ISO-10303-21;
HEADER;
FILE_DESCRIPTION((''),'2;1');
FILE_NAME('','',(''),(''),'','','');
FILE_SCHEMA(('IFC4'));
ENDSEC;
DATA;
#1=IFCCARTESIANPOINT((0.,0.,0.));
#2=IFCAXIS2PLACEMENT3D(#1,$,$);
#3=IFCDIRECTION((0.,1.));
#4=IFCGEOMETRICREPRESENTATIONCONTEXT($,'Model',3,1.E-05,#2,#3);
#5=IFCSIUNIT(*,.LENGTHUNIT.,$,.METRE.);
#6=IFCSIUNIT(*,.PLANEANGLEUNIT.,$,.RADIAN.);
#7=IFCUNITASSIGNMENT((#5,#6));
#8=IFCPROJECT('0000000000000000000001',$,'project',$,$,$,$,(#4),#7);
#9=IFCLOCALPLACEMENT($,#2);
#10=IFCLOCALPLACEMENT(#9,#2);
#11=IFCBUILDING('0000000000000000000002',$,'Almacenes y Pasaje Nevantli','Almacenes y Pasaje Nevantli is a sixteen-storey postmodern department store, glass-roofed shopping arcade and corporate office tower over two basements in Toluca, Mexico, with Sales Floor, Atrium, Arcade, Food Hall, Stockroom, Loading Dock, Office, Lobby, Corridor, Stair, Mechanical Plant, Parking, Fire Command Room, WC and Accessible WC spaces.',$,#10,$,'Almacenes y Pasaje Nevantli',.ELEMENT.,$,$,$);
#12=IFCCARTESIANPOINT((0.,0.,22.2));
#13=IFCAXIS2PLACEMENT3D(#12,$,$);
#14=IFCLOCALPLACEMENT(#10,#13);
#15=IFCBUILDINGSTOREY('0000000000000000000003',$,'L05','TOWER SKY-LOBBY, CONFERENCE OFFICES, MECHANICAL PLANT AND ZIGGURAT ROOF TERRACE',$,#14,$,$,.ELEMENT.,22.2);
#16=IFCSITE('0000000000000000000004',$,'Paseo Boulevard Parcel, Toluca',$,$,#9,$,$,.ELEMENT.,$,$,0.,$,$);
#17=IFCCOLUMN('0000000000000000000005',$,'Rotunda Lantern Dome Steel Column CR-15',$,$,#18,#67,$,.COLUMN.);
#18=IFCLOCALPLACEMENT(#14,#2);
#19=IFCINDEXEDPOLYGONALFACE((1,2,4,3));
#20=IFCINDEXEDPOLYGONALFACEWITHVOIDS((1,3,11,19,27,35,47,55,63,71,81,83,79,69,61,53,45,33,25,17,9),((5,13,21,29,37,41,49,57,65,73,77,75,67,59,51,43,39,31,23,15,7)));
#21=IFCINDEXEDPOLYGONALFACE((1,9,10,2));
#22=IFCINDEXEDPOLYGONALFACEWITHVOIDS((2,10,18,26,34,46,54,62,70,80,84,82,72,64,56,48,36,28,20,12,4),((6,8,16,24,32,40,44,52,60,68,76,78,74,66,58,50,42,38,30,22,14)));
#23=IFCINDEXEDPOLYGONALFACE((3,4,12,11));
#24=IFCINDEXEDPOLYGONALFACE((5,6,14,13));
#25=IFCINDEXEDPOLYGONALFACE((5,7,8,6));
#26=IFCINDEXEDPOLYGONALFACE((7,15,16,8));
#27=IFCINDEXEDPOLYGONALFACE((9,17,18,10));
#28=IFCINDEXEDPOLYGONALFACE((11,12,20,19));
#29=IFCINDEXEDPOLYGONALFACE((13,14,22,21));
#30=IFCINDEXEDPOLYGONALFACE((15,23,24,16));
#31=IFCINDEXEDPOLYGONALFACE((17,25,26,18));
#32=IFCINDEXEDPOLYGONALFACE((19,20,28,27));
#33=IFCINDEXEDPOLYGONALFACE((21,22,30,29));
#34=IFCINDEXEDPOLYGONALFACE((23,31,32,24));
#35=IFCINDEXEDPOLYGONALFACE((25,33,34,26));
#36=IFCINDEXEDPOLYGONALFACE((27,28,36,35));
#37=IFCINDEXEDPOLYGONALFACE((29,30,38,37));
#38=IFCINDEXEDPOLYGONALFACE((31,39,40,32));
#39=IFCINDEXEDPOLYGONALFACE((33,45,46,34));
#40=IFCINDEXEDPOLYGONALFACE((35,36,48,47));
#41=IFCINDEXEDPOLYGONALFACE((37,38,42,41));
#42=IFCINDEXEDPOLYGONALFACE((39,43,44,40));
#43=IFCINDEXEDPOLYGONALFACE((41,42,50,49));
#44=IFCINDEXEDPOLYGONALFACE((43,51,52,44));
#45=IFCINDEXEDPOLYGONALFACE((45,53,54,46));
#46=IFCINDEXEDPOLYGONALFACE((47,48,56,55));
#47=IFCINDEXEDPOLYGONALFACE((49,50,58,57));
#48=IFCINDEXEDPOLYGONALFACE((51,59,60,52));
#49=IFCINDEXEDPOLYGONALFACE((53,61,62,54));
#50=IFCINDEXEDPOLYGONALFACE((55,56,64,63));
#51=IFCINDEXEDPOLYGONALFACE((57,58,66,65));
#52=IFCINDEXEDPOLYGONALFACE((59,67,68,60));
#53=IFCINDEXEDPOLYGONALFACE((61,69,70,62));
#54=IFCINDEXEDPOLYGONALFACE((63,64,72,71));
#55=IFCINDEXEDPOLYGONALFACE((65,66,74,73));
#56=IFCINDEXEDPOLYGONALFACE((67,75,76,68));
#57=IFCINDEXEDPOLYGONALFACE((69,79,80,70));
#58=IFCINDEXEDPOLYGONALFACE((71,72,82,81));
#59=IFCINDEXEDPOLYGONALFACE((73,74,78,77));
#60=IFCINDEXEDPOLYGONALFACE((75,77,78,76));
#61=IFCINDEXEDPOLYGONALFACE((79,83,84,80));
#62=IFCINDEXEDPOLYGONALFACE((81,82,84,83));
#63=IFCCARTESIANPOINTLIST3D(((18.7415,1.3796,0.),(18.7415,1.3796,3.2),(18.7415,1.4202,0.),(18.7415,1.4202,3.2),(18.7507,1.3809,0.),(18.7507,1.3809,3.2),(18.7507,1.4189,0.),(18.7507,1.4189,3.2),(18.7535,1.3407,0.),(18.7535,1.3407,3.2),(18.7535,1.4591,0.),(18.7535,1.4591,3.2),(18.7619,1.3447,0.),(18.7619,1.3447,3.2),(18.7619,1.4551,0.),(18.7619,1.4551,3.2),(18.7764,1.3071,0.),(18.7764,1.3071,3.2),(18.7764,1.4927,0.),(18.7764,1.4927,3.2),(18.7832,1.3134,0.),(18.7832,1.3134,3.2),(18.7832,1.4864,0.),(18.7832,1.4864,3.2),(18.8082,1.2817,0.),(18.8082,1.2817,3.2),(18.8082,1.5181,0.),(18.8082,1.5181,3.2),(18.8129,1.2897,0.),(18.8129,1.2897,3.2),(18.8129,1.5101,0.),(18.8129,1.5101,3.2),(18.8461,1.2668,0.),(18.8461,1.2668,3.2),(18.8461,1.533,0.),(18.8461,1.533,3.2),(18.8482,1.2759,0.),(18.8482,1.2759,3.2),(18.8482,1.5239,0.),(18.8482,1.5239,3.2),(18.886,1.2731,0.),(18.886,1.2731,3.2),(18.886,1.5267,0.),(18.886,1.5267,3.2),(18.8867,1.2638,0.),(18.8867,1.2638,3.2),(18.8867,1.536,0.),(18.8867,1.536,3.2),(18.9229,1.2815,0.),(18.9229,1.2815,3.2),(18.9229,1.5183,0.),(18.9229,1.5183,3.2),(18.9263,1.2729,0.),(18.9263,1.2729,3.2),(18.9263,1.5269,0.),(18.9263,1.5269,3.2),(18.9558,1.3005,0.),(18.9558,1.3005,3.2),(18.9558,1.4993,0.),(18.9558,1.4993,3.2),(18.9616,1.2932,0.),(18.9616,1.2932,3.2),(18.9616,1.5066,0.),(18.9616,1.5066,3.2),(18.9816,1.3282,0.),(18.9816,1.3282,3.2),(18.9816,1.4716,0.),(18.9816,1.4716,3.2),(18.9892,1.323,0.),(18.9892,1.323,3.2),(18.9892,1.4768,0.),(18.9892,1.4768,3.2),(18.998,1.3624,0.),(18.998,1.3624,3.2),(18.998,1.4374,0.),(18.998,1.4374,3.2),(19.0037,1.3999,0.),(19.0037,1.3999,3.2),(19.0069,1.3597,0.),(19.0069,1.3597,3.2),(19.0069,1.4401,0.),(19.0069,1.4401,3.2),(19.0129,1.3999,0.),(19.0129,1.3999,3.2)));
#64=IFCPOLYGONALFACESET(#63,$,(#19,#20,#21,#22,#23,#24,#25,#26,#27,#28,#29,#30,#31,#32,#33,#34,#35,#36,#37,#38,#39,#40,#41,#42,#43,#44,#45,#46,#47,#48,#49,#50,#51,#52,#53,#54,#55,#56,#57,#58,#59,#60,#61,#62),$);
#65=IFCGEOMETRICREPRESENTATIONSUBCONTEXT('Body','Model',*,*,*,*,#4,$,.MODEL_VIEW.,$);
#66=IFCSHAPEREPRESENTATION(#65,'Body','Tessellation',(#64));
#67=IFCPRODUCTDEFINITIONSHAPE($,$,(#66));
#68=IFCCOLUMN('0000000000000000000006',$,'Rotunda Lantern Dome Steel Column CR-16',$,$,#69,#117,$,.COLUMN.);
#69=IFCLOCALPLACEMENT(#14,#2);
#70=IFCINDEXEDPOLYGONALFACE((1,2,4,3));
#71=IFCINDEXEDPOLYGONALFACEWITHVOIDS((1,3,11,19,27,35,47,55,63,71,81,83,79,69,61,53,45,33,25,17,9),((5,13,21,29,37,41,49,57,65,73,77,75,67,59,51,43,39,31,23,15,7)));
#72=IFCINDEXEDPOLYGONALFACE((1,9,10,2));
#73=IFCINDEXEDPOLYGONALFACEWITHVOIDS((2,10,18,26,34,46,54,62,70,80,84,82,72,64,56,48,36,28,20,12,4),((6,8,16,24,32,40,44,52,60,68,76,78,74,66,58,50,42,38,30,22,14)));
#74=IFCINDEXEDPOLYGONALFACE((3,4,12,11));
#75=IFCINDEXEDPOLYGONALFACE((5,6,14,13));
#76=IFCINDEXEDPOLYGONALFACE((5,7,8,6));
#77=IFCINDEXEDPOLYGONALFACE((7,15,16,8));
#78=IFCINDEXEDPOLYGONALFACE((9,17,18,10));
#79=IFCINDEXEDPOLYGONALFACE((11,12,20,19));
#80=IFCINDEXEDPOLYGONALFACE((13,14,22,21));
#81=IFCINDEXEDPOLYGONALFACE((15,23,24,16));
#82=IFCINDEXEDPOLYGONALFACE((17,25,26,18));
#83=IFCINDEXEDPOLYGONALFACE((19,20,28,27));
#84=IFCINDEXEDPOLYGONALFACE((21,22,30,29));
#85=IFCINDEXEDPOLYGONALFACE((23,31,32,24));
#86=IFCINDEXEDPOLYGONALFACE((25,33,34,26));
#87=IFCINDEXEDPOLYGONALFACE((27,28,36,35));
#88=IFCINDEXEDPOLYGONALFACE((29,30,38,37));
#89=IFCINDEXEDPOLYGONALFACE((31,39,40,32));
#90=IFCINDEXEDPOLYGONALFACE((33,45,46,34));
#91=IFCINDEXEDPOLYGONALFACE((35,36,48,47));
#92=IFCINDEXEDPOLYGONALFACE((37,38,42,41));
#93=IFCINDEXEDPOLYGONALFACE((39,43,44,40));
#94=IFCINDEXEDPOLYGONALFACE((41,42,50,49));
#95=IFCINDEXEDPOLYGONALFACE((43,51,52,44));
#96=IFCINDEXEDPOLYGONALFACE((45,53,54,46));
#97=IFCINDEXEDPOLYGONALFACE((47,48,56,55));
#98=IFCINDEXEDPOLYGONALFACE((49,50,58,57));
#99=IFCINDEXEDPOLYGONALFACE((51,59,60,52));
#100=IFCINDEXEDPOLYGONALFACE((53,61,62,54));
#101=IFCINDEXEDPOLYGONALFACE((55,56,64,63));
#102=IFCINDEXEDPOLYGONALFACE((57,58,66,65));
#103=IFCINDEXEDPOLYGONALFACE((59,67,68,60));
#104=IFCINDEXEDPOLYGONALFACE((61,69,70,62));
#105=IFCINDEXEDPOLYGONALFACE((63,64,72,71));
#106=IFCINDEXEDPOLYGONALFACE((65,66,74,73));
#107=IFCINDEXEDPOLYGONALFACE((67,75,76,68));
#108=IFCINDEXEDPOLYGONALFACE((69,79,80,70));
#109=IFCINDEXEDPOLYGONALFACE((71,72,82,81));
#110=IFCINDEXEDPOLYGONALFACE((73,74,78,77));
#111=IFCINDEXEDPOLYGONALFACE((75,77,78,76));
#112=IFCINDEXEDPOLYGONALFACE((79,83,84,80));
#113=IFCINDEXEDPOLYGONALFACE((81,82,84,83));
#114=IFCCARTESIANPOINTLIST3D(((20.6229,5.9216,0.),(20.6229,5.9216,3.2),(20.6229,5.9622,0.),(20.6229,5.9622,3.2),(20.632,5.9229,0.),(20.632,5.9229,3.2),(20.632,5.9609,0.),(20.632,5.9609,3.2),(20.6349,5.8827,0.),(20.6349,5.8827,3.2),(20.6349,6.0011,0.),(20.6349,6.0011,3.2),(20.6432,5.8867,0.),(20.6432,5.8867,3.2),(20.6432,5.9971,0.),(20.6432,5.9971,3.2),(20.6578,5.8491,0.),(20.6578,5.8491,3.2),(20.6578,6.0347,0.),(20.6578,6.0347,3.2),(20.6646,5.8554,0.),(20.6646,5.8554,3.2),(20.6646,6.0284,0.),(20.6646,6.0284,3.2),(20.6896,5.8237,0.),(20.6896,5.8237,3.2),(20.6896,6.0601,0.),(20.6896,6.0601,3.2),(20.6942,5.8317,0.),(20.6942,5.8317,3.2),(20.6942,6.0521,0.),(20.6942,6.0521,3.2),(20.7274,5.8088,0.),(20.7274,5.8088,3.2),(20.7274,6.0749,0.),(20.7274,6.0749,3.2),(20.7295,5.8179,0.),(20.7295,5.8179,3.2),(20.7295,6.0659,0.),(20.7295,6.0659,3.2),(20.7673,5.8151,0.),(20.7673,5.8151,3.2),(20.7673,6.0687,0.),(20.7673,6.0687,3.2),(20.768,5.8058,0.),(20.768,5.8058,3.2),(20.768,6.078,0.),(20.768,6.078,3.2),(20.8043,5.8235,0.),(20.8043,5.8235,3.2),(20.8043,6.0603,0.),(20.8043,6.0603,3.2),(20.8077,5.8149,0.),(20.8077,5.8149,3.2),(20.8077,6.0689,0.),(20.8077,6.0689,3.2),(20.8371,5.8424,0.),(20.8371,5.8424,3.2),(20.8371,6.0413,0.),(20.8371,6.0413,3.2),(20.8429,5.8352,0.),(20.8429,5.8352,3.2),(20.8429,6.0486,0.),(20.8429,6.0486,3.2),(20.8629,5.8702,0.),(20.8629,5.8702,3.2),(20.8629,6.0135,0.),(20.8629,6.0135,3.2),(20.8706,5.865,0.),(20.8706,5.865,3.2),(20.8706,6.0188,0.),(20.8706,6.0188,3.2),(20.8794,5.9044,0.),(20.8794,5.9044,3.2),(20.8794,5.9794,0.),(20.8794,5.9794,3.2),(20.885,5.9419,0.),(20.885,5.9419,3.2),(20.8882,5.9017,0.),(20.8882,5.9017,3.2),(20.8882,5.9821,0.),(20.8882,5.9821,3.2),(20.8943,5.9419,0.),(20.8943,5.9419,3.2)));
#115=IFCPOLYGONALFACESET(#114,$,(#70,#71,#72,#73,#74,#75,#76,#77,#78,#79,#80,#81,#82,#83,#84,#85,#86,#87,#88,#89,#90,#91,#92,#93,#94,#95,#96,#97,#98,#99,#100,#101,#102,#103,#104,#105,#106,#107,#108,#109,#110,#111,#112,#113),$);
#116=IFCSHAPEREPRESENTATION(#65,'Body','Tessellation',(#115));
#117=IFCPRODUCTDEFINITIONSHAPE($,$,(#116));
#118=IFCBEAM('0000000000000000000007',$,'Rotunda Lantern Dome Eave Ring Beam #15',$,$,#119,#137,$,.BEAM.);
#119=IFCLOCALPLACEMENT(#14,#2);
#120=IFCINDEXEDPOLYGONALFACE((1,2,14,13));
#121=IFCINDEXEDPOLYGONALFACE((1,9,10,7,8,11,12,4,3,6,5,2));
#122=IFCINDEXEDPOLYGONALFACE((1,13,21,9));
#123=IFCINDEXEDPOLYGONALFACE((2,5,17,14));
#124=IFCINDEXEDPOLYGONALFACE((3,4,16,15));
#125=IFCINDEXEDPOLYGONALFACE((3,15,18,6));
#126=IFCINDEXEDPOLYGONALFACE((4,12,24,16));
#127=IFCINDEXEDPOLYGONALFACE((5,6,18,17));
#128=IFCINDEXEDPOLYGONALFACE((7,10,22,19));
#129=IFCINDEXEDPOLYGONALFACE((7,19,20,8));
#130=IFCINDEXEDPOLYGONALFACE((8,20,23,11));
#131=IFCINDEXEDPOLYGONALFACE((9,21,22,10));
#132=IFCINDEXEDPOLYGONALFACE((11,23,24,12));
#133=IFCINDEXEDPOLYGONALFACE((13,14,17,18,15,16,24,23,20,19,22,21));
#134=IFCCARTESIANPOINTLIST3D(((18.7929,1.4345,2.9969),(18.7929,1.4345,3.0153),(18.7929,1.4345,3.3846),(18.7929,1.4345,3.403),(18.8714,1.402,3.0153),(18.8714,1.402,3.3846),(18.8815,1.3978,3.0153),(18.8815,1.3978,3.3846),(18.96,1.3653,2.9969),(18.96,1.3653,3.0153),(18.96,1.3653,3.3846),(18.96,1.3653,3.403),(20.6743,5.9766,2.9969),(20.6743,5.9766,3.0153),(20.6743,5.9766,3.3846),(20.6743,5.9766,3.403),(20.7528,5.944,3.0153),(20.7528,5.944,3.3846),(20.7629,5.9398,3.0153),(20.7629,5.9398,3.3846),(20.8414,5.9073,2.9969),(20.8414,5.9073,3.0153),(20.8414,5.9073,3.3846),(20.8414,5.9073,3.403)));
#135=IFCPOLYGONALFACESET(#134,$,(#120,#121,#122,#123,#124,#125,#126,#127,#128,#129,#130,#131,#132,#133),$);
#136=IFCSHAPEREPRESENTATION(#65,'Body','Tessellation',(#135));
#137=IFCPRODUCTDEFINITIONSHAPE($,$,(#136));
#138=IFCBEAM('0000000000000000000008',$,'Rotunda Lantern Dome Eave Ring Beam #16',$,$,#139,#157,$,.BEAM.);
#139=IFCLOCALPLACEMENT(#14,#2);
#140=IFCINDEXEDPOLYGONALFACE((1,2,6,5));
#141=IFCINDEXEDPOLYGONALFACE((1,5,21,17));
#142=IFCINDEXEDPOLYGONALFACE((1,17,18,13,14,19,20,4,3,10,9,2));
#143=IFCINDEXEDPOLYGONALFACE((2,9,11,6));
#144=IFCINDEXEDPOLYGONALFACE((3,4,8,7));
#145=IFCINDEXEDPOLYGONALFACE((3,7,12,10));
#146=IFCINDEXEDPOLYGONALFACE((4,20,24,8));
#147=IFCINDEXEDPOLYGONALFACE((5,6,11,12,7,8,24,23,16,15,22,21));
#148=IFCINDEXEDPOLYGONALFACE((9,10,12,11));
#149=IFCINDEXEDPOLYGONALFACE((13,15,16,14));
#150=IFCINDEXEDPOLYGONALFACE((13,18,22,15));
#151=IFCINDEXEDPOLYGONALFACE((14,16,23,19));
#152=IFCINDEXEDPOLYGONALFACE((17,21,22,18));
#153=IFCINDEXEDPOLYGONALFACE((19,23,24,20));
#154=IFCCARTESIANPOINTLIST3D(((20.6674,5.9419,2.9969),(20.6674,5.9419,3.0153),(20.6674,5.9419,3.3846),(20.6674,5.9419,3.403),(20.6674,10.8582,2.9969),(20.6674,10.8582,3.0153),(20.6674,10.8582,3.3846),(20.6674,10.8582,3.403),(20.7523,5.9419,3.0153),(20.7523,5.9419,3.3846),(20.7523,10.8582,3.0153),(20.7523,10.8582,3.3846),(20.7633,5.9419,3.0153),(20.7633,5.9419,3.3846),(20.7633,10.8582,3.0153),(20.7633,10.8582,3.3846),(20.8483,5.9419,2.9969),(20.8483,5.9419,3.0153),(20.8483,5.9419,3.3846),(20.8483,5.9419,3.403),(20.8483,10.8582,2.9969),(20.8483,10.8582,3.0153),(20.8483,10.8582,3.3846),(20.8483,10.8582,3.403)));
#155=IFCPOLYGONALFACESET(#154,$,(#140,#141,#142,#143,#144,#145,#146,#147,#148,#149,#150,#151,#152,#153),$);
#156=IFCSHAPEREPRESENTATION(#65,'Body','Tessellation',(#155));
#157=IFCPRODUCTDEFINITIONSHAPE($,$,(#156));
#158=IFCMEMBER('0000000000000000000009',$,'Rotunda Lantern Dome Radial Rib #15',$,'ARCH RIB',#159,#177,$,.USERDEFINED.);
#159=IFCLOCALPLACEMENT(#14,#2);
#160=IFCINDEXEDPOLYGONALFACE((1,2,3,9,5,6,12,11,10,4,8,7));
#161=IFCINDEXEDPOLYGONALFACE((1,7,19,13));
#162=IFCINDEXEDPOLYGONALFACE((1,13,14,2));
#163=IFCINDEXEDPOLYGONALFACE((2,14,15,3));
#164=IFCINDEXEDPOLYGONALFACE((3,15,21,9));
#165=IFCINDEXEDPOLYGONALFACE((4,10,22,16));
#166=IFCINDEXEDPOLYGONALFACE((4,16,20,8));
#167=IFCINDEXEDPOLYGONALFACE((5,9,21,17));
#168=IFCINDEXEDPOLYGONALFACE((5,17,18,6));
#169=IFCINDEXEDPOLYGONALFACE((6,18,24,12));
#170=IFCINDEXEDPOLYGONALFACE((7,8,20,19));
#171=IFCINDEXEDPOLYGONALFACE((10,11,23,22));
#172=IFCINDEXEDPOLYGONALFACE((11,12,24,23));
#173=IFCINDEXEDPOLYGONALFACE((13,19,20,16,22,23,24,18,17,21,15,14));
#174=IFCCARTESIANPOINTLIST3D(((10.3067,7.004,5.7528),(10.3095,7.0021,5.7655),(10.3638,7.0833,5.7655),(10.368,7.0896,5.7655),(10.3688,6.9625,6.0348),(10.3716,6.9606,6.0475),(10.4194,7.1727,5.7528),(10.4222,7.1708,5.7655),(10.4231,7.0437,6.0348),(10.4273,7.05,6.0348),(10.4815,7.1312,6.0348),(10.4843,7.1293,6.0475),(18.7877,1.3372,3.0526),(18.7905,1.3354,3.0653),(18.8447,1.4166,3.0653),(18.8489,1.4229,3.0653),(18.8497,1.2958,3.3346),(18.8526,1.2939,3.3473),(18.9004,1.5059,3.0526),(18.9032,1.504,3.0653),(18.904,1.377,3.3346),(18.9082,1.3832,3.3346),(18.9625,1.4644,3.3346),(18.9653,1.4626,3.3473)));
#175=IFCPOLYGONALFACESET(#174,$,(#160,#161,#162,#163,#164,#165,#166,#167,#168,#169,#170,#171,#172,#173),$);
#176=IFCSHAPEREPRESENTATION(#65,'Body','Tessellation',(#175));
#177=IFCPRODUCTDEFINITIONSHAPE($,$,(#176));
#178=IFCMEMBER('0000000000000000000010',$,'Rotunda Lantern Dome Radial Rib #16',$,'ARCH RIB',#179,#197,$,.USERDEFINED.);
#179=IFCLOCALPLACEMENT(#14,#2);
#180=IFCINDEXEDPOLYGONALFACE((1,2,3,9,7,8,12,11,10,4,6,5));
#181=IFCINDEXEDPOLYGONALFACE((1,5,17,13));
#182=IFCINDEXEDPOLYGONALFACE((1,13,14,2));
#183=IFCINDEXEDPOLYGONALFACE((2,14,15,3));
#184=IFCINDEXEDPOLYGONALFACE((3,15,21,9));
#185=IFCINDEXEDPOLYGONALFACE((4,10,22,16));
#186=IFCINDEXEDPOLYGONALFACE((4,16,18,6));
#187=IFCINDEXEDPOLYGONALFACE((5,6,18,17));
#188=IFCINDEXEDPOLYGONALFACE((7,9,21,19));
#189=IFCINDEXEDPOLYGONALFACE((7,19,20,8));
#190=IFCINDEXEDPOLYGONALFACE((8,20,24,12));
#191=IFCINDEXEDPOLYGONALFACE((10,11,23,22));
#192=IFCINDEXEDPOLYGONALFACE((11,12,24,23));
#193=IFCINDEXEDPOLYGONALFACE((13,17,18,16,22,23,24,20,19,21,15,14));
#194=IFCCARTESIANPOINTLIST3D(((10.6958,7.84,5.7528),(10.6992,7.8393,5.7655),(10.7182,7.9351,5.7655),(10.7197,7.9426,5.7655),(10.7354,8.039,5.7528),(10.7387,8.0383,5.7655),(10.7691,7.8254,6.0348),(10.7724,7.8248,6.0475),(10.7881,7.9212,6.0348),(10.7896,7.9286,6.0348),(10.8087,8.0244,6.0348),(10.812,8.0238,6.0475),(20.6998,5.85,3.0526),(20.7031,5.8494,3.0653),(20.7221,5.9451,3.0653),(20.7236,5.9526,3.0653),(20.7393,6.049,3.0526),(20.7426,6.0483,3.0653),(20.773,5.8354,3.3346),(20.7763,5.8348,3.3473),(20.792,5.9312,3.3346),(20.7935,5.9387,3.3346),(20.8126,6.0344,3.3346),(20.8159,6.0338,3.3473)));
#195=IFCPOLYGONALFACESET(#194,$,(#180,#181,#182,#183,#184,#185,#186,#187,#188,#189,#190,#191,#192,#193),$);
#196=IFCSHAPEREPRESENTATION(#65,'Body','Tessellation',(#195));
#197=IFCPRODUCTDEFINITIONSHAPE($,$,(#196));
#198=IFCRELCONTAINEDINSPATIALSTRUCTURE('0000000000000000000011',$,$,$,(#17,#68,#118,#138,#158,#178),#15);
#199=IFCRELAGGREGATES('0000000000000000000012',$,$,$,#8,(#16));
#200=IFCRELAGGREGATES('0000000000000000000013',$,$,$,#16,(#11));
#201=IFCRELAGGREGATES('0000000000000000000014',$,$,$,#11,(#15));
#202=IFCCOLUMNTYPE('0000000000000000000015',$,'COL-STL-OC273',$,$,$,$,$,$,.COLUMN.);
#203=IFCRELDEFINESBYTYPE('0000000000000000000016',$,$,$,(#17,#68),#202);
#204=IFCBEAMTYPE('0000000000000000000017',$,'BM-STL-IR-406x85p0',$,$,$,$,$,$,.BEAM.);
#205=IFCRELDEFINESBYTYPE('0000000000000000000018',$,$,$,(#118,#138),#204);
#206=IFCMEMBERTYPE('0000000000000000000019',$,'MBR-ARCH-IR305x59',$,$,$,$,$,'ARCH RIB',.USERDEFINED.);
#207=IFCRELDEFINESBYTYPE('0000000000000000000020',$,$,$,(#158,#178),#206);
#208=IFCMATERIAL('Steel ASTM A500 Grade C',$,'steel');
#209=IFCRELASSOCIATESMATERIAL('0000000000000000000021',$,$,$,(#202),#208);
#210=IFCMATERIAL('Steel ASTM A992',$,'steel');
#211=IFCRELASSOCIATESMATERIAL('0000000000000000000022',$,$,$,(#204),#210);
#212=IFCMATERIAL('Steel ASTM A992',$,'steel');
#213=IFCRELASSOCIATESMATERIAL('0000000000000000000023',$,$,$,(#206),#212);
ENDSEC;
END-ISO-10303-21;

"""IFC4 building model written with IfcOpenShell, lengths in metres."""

from ifc_helpers import new_model, si_unit, direction, frame, origin, origin_2d, place, context, subcontext, project, spatial, hollow_circle, i_section, extrude, material, material_profile, profile_set, type_object, element, save


model = new_model("IFC4")

# Units and contexts
model_context = context("Model", 3, precision=1e-05, world=origin(), true_north=direction((0.0, 1.0)))
body_context = subcontext(model_context, "Body", "Model", "MODEL_VIEW")
ifc_project = project(units=[si_unit("LENGTHUNIT", "METRE"), si_unit("PLANEANGLEUNIT", "RADIAN")], contexts=[model_context])

# Site, building, storey
site_placement = place(None, origin())
site = spatial("IfcSite", under=ifc_project, at=site_placement, Name="Paseo Boulevard Parcel, Toluca", CompositionType="ELEMENT", RefElevation=0.0)
building_placement = place(site_placement, origin())
building = spatial("IfcBuilding", under=site, at=building_placement, Name="Almacenes y Pasaje Nevantli", Description="Almacenes y Pasaje Nevantli is a sixteen-storey postmodern department store, glass-roofed shopping arcade and corporate office tower over two basements in Toluca, Mexico, with Sales Floor, Atrium, Arcade, Food Hall, Stockroom, Loading Dock, Office, Lobby, Corridor, Stair, Mechanical Plant, Parking, Fire Command Room, WC and Accessible WC spaces.", LongName="Almacenes y Pasaje Nevantli", CompositionType="ELEMENT")
storey_placement = place(building_placement, frame((0.0, 0.0, 22.2)))
storey = spatial("IfcBuildingStorey", under=building, at=storey_placement, Name="L05", Description="TOWER SKY-LOBBY, CONFERENCE OFFICES, MECHANICAL PLANT AND ZIGGURAT ROOF TERRACE", CompositionType="ELEMENT", Elevation=22.2)

# Columns
ifc_material_1 = material(Name="Steel ASTM A500 Grade C", Category="steel")
ifc_material_profile_1 = material_profile(ifc_material_1, hollow_circle(Radius=0.1365, WallThickness=0.0093, at=origin_2d()), Name="OC 273x9.3")
ifc_profile_set_1 = profile_set([ifc_material_profile_1], Name="Steel ASTM A500 Grade C")
column_type = type_object("IfcColumnType", Name="COL-STL-OC273", PredefinedType="COLUMN", material=ifc_profile_set_1)
for number, where, z_axis, x_axis, name in (
    (1, (18.8765, 1.3999, 0.0), (0.0, 0.0, 1.0), (1.0, 0.0, 0.0), "Rotunda Lantern Dome Steel Column CR-15"),
    (2, (20.7578, 5.9419, 0.0), (0.0, 0.0, 1.0), (1.0, 0.0, 0.0), "Rotunda Lantern Dome Steel Column CR-16"),
):
    element("IfcColumn", number, at=place(storey_placement, frame(where, z_axis=z_axis, x_axis=x_axis)), inside=storey, type_object=column_type, Name=name, PredefinedType="COLUMN", context=body_context, shape_type="SweptSolid", body=[
        extrude(hollow_circle(Radius=0.1365, WallThickness=0.0093, at=origin_2d()), origin(), (0.0, 0.0, 1.0), 3.2),
    ])

# Beams
ifc_material_2 = material(Name="Steel ASTM A992", Category="steel")
ifc_material_profile_2 = material_profile(ifc_material_2, i_section(OverallWidth=0.1809, OverallDepth=0.406, WebThickness=0.011, FlangeThickness=0.0183, at=origin_2d()), Name="IR 406x85.0")
ifc_profile_set_2 = profile_set([ifc_material_profile_2], Name="Steel ASTM A992")
beam_type = type_object("IfcBeamType", Name="BM-STL-IR-406x85p0", PredefinedType="BEAM", material=ifc_profile_set_2)
for number, where, z_axis, x_axis, name in (
    (3, (18.8765, 1.3999, 3.2), (0.382682, 0.92388, 0.0), (-0.92388, 0.382682, 0.0), "Rotunda Lantern Dome Eave Ring Beam #15"),
    (4, (20.7578, 5.9419, 3.2), (0.0, 1.0, 0.0), (-1.0, 0.0, 0.0), "Rotunda Lantern Dome Eave Ring Beam #16"),
):
    element("IfcBeam", number, at=place(storey_placement, frame(where, z_axis=z_axis, x_axis=x_axis)), inside=storey, type_object=beam_type, Name=name, PredefinedType="BEAM", context=body_context, shape_type="SweptSolid", body=[
        extrude(i_section(OverallWidth=0.1809, OverallDepth=0.406, WebThickness=0.011, FlangeThickness=0.0183, at=origin_2d()), origin(), (0.0, 0.0, 1.0), 4.9163),
    ])

# Members
ifc_material_3 = material(Name="Steel ASTM A992", Category="steel")
ifc_material_profile_3 = material_profile(ifc_material_3, i_section(OverallWidth=0.2029, OverallDepth=0.3049, WebThickness=0.0076, FlangeThickness=0.0132, at=origin_2d()), Name="IR 305x59.5")
ifc_profile_set_3 = profile_set([ifc_material_profile_3], Name="Steel ASTM A992")
member_type_1 = type_object("IfcMemberType", Name="MBR-ARCH-IR305x59", ElementType="ARCH RIB", PredefinedType="USERDEFINED", material=ifc_profile_set_3)
for number, where, z_axis, x_axis, name in (
    (5, (18.8765, 1.3999, 3.2), (-0.803784, 0.537067, 0.255911), (-0.555567, -0.831472, 0.0), "Rotunda Lantern Dome Radial Rib #15"),
    (6, (20.7578, 5.9419, 3.2), (-0.948124, 0.188602, 0.255912), (-0.195099, -0.980784, 0.0), "Rotunda Lantern Dome Radial Rib #16"),
):
    element("IfcMember", number, at=place(storey_placement, frame(where, z_axis=z_axis, x_axis=x_axis)), inside=storey, type_object=member_type_1, Name=name, ObjectType="ARCH RIB", PredefinedType="USERDEFINED", context=body_context, shape_type="SweptSolid", body=[
        extrude(i_section(OverallWidth=0.2029, OverallDepth=0.3049, WebThickness=0.0076, FlangeThickness=0.0132, at=origin_2d()), origin(), (0.0, 0.0, 1.0), 10.5513),
    ])

save(model, "model.ifc")
